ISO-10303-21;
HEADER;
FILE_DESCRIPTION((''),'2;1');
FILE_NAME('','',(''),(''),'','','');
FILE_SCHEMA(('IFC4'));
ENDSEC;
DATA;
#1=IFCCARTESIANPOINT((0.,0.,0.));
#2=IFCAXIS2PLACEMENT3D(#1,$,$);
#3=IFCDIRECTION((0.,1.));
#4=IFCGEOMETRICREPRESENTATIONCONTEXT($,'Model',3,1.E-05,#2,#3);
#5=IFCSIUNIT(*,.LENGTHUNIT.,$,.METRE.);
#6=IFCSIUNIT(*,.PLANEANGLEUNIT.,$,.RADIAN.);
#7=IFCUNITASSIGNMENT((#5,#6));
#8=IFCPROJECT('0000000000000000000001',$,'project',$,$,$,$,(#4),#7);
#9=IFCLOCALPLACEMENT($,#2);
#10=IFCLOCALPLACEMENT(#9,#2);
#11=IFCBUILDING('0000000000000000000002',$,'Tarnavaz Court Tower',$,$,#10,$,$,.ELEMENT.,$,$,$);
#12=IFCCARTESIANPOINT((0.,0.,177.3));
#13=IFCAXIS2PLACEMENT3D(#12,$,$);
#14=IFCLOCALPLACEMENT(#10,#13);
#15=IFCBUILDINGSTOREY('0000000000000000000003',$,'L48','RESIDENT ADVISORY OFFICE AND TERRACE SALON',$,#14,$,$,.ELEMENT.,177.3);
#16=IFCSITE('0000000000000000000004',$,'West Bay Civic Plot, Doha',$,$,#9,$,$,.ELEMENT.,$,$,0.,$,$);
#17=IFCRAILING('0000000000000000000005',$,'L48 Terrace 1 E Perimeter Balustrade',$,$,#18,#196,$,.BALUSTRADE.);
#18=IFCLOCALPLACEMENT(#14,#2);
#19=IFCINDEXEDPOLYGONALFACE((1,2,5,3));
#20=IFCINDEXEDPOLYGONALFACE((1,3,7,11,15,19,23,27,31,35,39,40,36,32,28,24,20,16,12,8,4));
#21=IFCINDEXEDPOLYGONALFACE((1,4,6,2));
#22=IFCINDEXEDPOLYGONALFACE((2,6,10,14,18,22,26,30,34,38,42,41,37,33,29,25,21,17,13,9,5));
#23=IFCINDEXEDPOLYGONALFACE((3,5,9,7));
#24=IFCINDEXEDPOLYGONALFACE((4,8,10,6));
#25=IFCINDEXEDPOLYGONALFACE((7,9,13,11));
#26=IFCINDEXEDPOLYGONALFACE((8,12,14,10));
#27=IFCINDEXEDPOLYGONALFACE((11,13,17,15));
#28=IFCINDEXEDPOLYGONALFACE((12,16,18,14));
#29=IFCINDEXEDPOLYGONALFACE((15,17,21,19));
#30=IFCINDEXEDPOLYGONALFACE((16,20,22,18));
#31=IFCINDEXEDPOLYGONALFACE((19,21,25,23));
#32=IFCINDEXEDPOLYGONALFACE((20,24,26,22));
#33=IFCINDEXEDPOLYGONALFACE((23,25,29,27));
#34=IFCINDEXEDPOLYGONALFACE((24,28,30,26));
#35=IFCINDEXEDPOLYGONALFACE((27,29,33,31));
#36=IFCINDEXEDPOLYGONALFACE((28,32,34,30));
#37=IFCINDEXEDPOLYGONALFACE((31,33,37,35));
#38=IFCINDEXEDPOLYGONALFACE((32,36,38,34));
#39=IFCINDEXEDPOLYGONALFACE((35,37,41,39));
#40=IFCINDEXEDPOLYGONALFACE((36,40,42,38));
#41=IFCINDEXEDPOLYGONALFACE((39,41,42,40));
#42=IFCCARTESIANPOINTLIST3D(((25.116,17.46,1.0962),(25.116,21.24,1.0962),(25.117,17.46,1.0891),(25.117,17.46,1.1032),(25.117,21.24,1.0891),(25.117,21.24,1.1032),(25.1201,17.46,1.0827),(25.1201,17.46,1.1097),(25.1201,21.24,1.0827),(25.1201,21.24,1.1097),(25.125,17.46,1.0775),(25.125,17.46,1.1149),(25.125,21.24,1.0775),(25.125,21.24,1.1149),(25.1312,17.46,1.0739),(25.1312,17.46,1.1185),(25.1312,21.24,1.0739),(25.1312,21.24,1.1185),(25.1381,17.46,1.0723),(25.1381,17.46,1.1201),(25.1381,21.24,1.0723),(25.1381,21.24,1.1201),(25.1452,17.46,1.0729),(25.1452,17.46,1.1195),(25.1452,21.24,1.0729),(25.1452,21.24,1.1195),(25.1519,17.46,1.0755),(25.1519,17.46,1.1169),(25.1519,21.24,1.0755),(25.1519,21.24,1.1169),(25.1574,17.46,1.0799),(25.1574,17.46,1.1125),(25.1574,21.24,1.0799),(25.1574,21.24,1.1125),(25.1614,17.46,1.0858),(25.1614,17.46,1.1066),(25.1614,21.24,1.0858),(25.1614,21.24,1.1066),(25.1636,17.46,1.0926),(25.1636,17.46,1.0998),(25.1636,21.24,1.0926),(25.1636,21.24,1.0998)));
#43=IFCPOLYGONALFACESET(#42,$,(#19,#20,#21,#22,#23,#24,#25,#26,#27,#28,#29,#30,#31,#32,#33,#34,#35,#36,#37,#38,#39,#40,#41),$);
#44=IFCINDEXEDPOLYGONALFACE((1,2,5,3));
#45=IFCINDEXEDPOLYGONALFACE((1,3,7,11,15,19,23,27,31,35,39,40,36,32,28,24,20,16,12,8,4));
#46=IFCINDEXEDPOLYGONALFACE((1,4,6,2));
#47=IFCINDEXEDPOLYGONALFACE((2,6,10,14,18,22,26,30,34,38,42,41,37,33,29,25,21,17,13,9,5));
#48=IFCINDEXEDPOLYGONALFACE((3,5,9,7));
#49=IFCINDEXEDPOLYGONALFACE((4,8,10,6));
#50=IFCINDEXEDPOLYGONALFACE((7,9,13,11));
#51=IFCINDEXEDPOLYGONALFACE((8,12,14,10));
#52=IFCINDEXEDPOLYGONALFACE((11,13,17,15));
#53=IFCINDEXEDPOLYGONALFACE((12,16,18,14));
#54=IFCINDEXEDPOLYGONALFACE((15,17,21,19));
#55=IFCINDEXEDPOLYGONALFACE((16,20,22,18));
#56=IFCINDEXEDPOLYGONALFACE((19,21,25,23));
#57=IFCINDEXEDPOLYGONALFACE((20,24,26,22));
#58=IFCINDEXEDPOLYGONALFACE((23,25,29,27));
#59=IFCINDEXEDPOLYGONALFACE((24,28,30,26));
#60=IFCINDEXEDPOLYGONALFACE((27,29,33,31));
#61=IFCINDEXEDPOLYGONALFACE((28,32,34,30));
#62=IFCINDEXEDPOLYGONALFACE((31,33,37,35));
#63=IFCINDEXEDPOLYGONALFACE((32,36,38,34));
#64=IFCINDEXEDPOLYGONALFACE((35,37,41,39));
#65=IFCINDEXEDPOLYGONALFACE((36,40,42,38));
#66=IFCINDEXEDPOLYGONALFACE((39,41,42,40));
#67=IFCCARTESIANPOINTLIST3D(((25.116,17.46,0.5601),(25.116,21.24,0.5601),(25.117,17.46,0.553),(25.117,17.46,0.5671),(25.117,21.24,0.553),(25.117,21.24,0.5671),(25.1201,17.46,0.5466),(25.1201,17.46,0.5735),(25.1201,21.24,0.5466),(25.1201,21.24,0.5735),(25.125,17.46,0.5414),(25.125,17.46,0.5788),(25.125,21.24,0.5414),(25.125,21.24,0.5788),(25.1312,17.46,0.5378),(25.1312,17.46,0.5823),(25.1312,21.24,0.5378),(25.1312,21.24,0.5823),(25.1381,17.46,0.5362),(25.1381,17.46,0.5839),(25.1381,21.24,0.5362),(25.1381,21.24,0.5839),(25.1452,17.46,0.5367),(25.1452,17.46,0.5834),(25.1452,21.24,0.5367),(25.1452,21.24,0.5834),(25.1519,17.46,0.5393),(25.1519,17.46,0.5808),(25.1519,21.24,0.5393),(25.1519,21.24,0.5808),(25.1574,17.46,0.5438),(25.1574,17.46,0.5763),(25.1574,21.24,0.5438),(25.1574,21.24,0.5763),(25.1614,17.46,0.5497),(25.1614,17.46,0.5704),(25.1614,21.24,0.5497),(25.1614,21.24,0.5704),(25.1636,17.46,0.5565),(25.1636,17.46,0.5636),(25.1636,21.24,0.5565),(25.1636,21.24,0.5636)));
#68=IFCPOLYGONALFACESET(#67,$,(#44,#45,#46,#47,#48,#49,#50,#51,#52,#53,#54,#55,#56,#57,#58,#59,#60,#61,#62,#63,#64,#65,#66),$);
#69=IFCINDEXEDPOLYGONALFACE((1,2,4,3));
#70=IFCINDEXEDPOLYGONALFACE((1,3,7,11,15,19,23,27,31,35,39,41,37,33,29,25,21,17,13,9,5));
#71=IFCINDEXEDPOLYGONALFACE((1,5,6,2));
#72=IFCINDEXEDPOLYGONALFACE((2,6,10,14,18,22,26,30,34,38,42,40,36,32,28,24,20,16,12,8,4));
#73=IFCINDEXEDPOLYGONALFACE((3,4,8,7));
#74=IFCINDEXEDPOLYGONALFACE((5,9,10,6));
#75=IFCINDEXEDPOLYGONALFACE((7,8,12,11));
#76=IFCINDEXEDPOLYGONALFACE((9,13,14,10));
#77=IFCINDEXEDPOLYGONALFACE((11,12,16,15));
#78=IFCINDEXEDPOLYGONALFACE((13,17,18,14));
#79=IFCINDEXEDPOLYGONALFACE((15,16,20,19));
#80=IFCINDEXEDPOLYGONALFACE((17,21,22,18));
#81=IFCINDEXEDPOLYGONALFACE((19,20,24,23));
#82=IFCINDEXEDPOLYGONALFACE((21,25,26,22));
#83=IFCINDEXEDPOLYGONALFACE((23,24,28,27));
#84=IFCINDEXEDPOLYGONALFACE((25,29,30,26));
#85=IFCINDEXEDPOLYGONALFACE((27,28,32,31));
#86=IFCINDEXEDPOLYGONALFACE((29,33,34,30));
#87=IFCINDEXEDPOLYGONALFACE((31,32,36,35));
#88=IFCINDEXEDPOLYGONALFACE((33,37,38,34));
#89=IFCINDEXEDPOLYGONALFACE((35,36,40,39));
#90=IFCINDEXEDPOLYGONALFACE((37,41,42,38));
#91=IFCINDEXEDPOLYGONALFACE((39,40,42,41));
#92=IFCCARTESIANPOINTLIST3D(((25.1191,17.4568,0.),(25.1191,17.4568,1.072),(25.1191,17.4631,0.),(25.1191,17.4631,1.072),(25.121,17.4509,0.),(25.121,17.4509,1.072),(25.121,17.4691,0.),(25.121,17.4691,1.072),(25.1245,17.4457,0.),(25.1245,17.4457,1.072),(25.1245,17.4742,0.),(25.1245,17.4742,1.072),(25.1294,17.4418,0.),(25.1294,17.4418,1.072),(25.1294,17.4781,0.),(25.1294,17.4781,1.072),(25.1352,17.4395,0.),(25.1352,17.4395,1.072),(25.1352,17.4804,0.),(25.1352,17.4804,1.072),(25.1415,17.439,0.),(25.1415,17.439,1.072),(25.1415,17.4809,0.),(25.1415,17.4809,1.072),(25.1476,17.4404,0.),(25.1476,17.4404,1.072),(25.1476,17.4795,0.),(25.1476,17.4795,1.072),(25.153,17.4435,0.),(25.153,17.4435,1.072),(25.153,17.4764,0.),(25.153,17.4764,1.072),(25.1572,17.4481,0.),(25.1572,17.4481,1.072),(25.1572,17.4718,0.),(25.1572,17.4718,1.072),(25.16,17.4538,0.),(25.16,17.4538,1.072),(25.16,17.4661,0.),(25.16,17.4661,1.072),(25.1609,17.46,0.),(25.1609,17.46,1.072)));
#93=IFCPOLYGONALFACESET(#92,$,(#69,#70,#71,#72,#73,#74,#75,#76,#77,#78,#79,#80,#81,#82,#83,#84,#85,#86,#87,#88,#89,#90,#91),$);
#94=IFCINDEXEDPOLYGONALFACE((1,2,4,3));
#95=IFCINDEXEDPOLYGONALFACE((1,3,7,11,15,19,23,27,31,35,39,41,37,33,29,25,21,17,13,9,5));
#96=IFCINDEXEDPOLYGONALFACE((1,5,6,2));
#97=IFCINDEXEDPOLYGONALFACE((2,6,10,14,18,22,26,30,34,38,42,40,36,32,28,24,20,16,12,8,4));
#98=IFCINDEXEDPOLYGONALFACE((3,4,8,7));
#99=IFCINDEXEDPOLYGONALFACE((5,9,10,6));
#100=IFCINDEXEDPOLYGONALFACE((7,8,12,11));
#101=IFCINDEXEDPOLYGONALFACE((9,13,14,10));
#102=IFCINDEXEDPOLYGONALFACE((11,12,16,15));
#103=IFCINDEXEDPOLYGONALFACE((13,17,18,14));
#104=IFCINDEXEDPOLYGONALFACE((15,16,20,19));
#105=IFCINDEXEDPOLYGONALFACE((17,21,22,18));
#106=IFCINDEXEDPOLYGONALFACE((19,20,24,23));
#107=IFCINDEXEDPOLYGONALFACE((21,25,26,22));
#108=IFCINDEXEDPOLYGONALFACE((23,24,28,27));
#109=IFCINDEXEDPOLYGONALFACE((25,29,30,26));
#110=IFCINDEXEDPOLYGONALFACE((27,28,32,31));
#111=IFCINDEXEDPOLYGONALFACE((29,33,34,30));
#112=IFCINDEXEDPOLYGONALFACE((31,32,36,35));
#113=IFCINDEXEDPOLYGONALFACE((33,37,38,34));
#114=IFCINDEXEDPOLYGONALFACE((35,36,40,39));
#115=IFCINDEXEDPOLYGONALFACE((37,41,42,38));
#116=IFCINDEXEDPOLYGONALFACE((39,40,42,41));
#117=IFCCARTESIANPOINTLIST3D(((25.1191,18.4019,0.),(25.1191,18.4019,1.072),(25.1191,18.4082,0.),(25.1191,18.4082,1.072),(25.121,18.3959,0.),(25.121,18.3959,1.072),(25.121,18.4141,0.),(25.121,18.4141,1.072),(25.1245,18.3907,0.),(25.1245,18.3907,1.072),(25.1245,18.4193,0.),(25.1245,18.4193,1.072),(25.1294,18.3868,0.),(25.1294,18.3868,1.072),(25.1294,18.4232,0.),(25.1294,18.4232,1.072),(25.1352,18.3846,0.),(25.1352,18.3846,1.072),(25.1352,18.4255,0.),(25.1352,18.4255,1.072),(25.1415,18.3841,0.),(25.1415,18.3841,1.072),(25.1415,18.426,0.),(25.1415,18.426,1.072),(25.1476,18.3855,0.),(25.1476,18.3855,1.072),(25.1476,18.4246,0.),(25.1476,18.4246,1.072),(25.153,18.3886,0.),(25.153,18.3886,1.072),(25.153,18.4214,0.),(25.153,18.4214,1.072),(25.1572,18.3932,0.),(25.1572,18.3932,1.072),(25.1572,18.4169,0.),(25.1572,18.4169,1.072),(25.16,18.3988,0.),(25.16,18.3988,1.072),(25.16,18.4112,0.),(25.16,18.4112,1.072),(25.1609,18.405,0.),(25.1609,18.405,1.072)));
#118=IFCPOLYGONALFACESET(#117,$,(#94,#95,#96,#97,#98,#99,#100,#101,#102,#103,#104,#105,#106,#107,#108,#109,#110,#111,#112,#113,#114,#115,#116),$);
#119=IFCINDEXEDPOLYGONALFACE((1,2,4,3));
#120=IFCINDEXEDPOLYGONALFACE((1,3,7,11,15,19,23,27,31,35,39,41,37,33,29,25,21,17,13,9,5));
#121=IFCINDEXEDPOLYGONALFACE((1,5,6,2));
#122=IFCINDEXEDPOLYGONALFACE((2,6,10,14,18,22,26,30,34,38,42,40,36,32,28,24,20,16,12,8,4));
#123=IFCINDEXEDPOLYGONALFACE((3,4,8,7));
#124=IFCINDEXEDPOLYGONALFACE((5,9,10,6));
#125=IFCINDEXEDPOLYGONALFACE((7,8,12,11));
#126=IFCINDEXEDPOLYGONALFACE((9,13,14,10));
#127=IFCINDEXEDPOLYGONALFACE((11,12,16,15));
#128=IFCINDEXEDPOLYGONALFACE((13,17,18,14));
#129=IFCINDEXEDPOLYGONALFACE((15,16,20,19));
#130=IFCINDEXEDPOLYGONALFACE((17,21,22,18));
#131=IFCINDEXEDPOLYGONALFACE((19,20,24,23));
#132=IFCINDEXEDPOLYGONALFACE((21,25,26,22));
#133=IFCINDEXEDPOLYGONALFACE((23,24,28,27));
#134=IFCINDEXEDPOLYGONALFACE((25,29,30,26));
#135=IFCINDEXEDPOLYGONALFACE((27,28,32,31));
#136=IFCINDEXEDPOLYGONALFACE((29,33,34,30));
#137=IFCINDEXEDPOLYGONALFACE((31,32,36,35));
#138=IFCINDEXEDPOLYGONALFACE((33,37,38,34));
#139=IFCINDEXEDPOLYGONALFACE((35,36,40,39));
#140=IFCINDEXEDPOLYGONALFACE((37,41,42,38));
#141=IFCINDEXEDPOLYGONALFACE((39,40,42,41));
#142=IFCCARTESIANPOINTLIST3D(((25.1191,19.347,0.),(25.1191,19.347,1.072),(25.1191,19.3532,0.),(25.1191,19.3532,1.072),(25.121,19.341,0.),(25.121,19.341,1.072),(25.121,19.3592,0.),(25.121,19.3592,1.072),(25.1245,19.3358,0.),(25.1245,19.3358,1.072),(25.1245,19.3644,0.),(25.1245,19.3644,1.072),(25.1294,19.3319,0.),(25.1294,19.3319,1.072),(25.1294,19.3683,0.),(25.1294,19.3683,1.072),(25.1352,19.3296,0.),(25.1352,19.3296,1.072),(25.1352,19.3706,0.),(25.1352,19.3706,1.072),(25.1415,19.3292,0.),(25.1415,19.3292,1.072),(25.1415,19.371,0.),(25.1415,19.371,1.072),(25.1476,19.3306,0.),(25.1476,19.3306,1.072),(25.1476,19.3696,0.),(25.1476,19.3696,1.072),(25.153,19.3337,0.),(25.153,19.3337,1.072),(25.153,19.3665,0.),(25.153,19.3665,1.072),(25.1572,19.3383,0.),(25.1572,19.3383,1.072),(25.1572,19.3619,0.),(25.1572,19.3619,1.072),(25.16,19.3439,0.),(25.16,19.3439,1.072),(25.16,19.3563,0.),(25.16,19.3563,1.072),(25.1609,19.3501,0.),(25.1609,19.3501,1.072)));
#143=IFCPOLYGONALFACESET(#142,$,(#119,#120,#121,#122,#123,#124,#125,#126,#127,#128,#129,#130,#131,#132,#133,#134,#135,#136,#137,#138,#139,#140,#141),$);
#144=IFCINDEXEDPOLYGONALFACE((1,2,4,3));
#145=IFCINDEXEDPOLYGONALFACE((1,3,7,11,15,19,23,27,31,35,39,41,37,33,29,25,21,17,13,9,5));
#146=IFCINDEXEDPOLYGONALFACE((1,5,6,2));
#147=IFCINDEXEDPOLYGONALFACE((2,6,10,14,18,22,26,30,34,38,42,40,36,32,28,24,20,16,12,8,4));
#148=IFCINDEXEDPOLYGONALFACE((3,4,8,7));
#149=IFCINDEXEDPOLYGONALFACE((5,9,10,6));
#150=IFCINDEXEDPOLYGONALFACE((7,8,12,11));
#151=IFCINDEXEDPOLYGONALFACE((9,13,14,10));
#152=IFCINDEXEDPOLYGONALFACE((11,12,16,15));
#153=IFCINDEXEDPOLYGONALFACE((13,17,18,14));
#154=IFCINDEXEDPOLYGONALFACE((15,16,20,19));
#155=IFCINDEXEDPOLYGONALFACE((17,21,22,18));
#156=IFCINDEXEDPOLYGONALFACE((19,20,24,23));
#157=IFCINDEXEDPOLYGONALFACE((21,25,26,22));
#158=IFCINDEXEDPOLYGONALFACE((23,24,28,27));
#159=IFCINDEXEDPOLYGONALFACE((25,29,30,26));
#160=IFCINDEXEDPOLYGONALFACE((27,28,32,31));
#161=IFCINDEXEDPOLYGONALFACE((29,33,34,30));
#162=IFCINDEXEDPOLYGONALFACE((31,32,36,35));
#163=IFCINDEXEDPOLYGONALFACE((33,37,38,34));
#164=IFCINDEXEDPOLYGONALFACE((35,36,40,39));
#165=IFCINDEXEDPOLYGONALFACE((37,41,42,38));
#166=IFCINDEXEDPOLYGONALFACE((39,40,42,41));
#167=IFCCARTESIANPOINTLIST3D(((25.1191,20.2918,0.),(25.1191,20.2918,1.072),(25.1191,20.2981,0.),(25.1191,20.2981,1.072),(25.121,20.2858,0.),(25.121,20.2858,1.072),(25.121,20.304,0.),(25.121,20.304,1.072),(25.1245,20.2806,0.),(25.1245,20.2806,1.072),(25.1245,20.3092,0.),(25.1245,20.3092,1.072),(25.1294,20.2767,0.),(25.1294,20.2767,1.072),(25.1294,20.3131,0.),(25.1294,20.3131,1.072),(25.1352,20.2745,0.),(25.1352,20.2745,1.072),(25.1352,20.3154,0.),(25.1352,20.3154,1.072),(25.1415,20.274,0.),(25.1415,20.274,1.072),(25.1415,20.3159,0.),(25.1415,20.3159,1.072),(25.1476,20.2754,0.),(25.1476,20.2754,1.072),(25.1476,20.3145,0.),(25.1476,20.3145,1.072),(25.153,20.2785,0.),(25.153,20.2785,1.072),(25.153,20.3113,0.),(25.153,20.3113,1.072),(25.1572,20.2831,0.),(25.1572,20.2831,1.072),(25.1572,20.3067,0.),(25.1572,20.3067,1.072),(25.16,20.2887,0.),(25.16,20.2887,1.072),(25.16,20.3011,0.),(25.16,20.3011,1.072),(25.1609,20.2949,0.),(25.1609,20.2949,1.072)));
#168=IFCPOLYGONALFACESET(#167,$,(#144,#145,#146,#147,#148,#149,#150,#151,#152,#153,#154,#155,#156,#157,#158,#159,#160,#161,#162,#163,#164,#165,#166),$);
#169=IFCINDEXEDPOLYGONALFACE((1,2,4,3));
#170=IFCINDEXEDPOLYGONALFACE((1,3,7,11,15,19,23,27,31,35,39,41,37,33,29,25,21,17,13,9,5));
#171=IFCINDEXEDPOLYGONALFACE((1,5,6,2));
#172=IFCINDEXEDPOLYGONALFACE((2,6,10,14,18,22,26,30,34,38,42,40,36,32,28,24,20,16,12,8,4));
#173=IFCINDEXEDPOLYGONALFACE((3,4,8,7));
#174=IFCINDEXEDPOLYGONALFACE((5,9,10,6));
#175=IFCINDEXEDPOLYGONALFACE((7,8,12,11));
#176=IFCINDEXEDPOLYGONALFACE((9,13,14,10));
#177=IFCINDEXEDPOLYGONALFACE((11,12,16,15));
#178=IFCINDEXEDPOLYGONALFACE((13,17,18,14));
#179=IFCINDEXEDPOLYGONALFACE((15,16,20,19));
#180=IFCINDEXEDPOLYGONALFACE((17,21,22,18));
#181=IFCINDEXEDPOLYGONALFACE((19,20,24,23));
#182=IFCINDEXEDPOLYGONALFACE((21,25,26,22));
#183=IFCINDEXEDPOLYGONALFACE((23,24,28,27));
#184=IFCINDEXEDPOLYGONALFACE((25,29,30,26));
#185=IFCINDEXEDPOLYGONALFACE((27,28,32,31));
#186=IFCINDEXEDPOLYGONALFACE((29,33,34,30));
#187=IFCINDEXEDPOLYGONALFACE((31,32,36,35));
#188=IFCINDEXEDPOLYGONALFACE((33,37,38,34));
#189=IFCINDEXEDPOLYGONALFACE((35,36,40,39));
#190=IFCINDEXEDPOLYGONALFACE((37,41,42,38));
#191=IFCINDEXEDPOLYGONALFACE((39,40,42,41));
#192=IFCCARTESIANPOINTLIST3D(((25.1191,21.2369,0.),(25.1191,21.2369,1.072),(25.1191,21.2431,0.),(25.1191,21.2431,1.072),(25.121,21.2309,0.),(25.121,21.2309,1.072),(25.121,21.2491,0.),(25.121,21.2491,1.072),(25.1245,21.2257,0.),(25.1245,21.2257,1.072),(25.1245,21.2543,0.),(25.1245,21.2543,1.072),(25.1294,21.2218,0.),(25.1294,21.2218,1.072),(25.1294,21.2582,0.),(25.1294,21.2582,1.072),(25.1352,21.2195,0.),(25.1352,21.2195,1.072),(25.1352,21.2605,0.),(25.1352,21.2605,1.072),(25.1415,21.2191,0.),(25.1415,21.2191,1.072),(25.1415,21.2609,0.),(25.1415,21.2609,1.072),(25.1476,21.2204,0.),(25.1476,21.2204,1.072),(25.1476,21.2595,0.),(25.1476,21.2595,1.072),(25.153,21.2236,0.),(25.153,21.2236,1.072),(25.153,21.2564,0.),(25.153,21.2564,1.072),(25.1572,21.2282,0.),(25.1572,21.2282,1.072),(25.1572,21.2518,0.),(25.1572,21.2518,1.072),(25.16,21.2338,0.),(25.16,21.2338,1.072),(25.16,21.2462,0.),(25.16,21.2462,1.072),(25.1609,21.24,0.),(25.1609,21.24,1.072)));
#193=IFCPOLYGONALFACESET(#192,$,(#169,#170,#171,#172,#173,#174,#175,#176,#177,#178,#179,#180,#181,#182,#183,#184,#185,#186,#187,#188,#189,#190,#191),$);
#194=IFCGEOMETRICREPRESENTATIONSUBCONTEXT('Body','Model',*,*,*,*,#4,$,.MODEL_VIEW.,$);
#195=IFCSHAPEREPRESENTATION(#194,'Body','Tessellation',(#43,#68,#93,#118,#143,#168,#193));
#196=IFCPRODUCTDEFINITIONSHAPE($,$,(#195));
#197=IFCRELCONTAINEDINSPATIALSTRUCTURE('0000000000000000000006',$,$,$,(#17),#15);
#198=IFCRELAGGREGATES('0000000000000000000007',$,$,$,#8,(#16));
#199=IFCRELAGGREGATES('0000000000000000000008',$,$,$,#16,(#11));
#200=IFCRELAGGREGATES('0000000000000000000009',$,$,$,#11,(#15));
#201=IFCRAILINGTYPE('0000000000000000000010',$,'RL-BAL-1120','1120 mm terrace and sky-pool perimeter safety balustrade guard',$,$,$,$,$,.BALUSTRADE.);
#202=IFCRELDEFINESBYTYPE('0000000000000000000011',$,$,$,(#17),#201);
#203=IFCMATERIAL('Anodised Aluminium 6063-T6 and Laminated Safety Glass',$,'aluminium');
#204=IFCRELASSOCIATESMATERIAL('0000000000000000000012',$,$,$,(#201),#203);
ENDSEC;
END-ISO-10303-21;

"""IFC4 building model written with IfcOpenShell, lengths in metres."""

from ifc_helpers import new_model, si_unit, direction, frame, origin, origin_2d, place, context, subcontext, project, spatial, circle, extrude, material, type_object, element, save


model = new_model("IFC4")

# Units and contexts
model_context = context("Model", 3, precision=1e-05, world=origin(), true_north=direction((0.0, 1.0)))
body_context = subcontext(model_context, "Body", "Model", "MODEL_VIEW")
ifc_project = project(units=[si_unit("LENGTHUNIT", "METRE"), si_unit("PLANEANGLEUNIT", "RADIAN")], contexts=[model_context])

# Site, building, storey
site_placement = place(None, origin())
site = spatial("IfcSite", under=ifc_project, at=site_placement, Name="West Bay Civic Plot, Doha", CompositionType="ELEMENT", RefElevation=0.0)
building_placement = place(site_placement, origin())
building = spatial("IfcBuilding", under=site, at=building_placement, Name="Tarnavaz Court Tower", CompositionType="ELEMENT")
storey_placement = place(building_placement, frame((0.0, 0.0, 177.3)))
storey = spatial("IfcBuildingStorey", under=building, at=storey_placement, Name="L48", Description="RESIDENT ADVISORY OFFICE AND TERRACE SALON", CompositionType="ELEMENT", Elevation=177.3)

# Railing
ifc_material_1 = material(Name="Anodised Aluminium 6063-T6 and Laminated Safety Glass", Category="aluminium")
railing_type = type_object("IfcRailingType", Name="RL-BAL-1120", Description="1120 mm terrace and sky-pool perimeter safety balustrade guard", PredefinedType="BALUSTRADE", material=ifc_material_1)
railing_1_placement = place(storey_placement, frame((25.1399, 17.46, 0.0)))
element("IfcRailing", 1, at=railing_1_placement, inside=storey, type_object=railing_type, Name="L48 Terrace 1 E Perimeter Balustrade", PredefinedType="BALUSTRADE", context=body_context, shape_type="SweptSolid", body=[
    extrude(circle(Radius=0.0239, at=origin_2d()), frame((0.0, 0.0, 1.0962), z_axis=(0.0, 1.0, 0.0), x_axis=(-1.0, 0.0, 0.0)), (0.0, 0.0, 1.0), 3.78),
    extrude(circle(Radius=0.0239, at=origin_2d()), frame((0.0, 0.0, 0.5601), z_axis=(0.0, 1.0, 0.0), x_axis=(-1.0, 0.0, 0.0)), (0.0, 0.0, 1.0), 3.78),
    extrude(circle(Radius=0.021, at=origin_2d()), origin(), (0.0, 0.0, 1.0), 1.072),
    extrude(circle(Radius=0.021, at=origin_2d()), frame((0.0, 0.9451, 0.0)), (0.0, 0.0, 1.0), 1.072),
    extrude(circle(Radius=0.021, at=origin_2d()), frame((0.0, 1.8901, 0.0)), (0.0, 0.0, 1.0), 1.072),
    extrude(circle(Radius=0.021, at=origin_2d()), frame((0.0, 2.835, 0.0)), (0.0, 0.0, 1.0), 1.072),
    extrude(circle(Radius=0.021, at=origin_2d()), frame((0.0, 3.78, 0.0)), (0.0, 0.0, 1.0), 1.072),
])

save(model, "model.ifc")
